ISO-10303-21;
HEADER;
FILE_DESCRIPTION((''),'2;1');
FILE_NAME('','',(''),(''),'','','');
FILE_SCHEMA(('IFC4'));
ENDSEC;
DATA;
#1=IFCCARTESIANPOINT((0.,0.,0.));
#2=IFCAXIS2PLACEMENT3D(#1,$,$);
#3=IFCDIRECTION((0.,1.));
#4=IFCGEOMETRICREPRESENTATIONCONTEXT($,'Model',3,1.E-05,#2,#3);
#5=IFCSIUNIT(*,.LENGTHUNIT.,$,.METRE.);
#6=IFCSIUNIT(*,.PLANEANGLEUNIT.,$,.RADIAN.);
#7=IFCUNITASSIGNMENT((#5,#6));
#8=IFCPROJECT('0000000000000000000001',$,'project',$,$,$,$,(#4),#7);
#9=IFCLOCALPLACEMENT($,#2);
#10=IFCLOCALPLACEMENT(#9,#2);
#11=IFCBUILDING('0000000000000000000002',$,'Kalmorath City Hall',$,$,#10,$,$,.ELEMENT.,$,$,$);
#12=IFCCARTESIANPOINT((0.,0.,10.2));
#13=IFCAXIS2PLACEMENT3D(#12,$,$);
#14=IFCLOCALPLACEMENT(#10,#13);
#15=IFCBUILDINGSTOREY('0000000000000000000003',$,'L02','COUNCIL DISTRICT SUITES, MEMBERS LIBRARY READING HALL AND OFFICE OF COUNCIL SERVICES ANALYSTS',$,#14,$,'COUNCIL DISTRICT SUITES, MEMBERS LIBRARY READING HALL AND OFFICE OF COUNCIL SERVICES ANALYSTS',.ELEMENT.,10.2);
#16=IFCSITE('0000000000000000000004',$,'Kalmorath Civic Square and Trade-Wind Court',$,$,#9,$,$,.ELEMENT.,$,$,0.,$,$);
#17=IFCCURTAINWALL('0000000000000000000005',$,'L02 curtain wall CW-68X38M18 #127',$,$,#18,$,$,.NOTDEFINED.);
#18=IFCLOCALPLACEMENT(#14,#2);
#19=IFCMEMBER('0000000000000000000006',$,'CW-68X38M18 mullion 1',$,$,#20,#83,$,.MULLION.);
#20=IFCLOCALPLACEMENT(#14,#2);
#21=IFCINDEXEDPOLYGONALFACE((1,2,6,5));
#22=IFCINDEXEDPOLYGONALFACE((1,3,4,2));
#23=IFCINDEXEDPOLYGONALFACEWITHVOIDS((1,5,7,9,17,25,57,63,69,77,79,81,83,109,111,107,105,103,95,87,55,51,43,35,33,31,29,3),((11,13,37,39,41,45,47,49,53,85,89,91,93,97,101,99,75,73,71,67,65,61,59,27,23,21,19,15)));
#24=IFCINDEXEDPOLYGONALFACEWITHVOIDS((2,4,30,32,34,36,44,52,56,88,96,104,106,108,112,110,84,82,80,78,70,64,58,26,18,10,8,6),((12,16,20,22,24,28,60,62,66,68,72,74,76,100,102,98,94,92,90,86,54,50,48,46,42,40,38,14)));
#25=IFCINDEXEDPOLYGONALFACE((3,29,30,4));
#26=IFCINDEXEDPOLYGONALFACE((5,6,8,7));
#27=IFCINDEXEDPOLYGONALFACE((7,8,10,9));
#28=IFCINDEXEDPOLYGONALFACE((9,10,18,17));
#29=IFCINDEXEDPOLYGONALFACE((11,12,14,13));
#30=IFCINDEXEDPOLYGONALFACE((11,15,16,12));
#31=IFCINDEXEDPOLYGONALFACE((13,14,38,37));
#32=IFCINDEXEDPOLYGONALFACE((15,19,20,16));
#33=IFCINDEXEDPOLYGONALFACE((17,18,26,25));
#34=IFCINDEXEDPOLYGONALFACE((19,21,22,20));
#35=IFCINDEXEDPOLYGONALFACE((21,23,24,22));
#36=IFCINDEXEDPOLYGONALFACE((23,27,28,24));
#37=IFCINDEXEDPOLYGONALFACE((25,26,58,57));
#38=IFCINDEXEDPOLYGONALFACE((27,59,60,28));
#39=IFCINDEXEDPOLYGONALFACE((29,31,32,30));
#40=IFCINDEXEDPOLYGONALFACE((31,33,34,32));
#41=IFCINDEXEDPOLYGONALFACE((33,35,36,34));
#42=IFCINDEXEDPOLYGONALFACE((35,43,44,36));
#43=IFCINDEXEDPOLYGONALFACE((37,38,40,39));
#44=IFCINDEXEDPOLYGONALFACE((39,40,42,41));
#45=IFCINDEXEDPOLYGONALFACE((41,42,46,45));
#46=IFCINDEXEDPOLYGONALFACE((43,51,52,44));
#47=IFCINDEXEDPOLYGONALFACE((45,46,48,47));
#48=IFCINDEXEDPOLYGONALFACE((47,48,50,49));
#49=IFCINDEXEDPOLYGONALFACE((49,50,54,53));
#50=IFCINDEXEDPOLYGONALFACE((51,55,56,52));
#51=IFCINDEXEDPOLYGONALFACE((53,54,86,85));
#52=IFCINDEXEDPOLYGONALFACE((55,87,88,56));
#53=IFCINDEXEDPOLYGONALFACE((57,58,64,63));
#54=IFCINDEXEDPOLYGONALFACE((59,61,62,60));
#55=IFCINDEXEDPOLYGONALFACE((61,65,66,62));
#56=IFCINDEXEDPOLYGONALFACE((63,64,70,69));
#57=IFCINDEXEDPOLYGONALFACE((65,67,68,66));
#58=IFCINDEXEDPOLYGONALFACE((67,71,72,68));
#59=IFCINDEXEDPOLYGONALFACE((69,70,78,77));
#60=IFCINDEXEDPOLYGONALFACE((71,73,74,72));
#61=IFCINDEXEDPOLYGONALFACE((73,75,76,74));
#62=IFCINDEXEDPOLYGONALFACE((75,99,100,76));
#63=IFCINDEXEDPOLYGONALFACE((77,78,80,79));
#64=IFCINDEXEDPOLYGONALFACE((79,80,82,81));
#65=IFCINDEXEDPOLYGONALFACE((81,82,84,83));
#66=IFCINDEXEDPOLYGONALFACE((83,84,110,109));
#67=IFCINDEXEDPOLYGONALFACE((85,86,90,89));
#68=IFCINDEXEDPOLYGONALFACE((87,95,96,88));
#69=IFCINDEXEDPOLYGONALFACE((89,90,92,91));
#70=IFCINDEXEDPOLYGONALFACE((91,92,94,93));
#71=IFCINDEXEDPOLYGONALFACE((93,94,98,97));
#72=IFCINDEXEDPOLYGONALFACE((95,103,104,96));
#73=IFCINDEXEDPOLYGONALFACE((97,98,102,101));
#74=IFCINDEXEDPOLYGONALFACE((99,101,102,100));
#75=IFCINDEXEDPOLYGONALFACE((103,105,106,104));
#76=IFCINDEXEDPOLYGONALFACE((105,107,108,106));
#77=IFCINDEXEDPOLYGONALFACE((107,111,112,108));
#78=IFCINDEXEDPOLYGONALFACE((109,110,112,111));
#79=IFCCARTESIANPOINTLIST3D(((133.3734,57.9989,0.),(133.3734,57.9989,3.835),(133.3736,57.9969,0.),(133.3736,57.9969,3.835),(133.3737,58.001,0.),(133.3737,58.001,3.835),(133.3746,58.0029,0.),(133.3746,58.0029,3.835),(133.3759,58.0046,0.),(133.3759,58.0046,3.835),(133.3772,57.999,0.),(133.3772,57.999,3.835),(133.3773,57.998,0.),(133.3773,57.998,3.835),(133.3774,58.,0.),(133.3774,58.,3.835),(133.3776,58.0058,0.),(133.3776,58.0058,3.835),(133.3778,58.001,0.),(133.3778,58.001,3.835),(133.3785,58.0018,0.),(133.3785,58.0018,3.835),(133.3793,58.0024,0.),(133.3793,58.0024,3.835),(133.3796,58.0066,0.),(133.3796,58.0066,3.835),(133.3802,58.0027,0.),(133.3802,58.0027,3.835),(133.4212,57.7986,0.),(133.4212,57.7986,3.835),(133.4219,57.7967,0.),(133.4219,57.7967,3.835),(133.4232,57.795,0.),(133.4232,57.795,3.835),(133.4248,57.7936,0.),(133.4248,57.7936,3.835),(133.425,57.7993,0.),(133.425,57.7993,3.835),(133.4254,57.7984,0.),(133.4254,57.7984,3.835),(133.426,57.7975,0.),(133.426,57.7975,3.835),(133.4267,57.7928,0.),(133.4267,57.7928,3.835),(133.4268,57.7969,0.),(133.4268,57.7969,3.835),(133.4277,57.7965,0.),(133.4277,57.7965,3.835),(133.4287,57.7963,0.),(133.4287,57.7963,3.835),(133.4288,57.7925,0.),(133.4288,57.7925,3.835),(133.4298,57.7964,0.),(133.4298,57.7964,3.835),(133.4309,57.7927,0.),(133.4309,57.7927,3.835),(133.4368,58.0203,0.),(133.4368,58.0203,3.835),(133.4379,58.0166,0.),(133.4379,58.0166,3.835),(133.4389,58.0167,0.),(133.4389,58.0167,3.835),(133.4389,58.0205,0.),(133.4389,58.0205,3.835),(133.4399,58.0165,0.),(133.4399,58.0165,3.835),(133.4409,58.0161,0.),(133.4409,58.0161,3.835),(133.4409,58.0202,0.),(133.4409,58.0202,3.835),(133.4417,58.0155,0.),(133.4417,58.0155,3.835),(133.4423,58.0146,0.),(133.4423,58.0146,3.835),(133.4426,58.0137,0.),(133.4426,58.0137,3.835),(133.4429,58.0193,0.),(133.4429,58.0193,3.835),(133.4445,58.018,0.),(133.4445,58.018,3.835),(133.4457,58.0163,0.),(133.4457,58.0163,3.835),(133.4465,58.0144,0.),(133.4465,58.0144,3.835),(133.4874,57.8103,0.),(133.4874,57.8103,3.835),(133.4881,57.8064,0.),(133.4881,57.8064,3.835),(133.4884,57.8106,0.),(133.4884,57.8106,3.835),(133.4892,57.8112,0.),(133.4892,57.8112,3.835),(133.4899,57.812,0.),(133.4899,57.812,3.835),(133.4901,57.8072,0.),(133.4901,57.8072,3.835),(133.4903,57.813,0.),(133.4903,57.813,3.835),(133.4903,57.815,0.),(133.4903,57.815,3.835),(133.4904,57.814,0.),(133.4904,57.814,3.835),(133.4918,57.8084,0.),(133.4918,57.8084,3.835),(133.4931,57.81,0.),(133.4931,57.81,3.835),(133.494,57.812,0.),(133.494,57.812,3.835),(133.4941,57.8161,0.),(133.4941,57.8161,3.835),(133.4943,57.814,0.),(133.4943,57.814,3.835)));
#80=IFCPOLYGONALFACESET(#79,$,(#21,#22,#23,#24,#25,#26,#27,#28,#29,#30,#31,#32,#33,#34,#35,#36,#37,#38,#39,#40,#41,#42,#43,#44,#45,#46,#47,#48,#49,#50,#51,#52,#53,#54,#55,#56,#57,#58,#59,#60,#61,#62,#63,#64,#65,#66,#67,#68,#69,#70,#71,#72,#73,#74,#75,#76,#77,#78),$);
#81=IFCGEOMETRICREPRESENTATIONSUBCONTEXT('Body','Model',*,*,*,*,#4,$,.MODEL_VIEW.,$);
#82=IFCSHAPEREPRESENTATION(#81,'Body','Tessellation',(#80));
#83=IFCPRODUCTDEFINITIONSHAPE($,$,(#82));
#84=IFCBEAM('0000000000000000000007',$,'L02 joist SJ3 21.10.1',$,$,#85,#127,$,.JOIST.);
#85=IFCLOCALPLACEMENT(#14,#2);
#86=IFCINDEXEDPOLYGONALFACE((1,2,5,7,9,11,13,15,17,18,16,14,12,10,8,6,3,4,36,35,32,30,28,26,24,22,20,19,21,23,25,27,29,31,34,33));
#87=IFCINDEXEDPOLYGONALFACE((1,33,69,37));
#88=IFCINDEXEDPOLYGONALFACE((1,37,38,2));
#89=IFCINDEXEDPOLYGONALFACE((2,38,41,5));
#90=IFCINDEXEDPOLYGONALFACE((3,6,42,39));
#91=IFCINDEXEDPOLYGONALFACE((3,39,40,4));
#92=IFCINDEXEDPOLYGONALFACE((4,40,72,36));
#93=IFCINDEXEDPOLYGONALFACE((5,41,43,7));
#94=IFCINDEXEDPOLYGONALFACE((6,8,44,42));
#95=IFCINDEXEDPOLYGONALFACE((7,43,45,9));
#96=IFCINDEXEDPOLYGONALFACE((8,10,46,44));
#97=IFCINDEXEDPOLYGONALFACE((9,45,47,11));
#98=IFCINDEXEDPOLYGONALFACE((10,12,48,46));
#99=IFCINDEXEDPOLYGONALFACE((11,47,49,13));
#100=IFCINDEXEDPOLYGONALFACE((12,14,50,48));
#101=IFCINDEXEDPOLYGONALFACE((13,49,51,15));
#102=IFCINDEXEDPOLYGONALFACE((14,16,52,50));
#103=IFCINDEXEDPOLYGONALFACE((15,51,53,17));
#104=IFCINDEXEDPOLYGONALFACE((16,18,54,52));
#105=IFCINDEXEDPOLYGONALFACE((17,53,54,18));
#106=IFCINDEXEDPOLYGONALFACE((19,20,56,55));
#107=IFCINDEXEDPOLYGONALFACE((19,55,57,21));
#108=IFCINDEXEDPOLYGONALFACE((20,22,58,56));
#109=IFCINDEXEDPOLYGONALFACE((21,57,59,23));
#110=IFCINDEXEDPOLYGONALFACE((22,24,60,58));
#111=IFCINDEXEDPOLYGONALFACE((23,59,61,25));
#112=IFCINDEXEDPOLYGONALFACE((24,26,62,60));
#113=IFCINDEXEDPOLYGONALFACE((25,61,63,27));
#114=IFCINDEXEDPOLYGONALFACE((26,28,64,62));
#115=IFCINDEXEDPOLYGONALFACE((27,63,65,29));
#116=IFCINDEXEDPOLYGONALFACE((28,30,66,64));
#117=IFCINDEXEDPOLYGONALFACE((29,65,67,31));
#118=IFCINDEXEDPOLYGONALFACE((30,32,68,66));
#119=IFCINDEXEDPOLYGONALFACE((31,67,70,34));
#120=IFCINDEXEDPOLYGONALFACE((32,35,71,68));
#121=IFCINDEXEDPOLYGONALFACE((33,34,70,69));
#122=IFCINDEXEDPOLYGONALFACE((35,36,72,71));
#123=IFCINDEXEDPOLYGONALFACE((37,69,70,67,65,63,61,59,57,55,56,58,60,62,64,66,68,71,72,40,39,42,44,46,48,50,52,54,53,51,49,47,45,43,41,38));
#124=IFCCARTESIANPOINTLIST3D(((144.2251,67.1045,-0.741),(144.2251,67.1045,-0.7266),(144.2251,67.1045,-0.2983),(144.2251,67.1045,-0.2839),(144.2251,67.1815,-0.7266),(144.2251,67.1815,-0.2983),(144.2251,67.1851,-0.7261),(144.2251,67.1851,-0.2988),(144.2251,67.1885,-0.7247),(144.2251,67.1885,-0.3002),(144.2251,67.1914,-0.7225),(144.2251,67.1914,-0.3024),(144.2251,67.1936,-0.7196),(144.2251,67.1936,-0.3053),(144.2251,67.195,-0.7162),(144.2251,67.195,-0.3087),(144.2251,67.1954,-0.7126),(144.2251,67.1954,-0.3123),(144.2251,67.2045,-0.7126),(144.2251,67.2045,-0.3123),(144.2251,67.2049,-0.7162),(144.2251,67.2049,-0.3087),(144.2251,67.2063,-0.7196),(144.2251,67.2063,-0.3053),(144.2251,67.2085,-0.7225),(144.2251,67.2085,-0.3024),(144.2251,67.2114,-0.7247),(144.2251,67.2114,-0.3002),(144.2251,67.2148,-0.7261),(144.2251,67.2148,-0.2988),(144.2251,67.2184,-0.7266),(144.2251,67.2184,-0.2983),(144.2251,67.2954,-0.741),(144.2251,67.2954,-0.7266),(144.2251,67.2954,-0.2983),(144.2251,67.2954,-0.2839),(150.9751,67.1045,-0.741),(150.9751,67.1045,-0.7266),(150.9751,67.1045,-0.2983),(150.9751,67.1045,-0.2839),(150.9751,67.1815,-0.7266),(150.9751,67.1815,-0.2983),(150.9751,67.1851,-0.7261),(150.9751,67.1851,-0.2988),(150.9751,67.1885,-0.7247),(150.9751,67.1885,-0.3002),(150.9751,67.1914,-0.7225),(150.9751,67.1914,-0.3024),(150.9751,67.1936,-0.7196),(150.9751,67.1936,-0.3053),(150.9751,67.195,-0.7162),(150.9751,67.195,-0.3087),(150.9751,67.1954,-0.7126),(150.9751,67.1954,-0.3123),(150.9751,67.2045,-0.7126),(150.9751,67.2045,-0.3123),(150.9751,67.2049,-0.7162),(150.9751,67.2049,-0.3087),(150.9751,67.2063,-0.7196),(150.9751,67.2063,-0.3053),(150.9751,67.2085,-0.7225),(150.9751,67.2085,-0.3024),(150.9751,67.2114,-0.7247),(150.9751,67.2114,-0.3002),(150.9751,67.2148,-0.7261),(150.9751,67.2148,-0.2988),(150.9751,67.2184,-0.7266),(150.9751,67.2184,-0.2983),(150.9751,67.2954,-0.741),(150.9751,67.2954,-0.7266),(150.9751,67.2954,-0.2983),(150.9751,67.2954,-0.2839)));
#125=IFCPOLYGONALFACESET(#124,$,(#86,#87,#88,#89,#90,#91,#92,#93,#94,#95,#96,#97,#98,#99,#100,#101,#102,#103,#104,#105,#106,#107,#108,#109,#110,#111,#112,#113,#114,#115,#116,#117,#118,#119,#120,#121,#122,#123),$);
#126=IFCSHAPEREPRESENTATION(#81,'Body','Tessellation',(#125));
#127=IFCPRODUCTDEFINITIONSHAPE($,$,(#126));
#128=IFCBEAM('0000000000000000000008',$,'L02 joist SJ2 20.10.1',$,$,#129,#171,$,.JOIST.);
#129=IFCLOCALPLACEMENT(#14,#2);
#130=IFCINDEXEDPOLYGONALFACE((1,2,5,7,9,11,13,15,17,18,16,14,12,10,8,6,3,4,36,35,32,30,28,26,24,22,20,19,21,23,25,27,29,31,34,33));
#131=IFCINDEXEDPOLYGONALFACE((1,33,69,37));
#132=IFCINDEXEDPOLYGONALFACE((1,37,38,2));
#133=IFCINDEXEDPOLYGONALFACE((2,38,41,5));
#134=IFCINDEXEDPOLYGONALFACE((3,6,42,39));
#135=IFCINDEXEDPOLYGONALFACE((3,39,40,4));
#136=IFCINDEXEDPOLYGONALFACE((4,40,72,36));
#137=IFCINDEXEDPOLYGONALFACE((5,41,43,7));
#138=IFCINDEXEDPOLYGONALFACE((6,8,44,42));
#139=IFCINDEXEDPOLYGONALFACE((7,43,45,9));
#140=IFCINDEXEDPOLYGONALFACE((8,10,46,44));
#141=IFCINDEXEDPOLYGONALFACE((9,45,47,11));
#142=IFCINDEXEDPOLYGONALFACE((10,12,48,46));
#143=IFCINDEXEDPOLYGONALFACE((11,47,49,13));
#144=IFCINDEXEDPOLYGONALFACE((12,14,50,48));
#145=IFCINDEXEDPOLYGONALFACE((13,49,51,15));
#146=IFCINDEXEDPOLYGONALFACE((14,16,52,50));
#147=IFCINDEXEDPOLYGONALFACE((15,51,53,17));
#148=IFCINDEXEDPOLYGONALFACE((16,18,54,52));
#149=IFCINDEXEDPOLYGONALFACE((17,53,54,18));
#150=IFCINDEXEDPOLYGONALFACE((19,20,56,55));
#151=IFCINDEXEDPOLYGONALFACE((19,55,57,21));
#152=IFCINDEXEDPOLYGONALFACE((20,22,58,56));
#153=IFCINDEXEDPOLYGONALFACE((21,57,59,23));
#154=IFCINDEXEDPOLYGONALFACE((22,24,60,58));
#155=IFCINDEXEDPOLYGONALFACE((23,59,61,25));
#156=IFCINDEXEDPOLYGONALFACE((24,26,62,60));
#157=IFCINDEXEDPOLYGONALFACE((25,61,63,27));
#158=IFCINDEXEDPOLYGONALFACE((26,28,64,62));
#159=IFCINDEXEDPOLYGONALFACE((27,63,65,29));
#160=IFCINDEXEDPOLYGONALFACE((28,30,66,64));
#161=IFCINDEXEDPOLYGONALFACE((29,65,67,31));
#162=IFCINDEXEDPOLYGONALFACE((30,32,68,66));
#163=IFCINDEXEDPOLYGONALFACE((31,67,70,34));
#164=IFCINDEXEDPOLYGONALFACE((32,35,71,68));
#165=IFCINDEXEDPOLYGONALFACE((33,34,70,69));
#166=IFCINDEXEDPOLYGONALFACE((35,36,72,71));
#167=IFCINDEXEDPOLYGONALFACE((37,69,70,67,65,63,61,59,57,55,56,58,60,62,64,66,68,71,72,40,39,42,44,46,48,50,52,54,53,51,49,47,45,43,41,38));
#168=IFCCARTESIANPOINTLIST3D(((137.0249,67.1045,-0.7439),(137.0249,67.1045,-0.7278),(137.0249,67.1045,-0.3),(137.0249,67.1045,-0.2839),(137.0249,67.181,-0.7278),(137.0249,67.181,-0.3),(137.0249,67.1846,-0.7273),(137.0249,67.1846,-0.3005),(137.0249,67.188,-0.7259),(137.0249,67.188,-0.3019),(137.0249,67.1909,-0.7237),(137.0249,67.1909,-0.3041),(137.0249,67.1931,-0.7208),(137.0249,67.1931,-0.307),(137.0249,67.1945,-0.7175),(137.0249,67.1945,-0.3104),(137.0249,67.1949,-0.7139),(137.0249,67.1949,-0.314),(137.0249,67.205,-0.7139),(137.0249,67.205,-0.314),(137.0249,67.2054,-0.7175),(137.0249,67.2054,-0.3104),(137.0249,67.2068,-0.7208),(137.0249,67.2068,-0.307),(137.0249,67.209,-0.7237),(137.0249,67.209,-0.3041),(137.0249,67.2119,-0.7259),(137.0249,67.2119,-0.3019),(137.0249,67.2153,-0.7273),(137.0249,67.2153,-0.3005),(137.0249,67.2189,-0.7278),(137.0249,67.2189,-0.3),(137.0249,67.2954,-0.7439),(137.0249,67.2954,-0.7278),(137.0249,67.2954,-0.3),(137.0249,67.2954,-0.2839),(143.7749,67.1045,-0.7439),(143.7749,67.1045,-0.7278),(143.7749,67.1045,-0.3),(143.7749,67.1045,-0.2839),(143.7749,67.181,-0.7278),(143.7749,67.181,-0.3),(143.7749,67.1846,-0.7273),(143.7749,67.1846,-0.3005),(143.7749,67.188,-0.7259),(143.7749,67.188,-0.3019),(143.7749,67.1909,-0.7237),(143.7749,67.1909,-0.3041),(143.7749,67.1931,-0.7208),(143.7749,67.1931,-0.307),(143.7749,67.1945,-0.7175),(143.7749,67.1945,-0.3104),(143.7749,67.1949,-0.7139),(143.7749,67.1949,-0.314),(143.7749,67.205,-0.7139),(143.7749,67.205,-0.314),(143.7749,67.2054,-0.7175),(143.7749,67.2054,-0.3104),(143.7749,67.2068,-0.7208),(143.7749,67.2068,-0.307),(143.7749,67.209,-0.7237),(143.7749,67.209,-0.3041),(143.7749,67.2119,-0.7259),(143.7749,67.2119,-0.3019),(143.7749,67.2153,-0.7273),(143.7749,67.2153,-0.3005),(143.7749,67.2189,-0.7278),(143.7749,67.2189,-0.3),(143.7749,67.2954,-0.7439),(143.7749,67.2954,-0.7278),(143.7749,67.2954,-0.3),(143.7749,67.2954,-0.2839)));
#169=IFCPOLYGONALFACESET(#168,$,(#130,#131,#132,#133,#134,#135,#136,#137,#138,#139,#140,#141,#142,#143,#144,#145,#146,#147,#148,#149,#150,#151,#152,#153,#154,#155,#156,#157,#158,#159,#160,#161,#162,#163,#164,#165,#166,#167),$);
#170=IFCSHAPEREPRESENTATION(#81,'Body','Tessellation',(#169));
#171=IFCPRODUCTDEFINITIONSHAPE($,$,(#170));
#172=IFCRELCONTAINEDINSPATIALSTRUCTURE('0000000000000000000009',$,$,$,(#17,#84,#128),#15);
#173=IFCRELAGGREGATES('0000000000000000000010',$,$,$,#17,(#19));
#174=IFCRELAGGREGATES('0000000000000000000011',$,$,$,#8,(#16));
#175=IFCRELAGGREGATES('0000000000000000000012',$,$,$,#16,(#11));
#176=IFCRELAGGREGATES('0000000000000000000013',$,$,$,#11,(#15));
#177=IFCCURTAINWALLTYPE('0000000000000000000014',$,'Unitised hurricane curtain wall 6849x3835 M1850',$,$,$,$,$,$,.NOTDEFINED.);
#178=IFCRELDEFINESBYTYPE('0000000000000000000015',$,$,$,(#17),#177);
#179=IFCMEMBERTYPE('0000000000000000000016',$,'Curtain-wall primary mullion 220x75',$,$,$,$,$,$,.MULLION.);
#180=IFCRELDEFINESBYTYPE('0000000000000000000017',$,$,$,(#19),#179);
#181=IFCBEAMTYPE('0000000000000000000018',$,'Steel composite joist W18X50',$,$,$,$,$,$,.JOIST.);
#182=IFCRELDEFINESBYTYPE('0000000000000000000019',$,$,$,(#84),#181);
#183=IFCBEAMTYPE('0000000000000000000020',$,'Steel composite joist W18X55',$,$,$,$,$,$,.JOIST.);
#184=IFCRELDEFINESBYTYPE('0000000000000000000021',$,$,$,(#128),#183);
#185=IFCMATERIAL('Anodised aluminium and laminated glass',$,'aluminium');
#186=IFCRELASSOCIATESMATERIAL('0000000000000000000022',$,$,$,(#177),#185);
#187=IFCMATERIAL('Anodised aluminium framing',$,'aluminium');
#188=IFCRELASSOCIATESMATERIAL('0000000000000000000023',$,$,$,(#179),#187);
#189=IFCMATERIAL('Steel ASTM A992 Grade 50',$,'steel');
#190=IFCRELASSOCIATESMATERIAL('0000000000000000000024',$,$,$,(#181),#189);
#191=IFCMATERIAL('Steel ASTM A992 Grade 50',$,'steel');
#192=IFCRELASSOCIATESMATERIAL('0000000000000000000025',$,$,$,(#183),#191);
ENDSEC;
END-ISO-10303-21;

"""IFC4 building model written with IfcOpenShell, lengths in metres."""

from ifc_helpers import new_model, si_unit, direction, frame, origin, origin_2d, place, context, subcontext, project, spatial, hollow_rectangle, i_section, extrude, material, material_profile, profile_set, type_object, element, aggregate, save


model = new_model("IFC4")

# Units and contexts
model_context = context("Model", 3, precision=1e-05, world=origin(), true_north=direction((0.0, 1.0)))
body_context = subcontext(model_context, "Body", "Model", "MODEL_VIEW")
ifc_project = project(units=[si_unit("LENGTHUNIT", "METRE"), si_unit("PLANEANGLEUNIT", "RADIAN")], contexts=[model_context])

# Site, building, storey
site_placement = place(None, origin())
site = spatial("IfcSite", under=ifc_project, at=site_placement, Name="Kalmorath Civic Square and Trade-Wind Court", CompositionType="ELEMENT", RefElevation=0.0)
building_placement = place(site_placement, origin())
building = spatial("IfcBuilding", under=site, at=building_placement, Name="Kalmorath City Hall", CompositionType="ELEMENT")
storey_placement = place(building_placement, frame((0.0, 0.0, 10.2)))
storey = spatial("IfcBuildingStorey", under=building, at=storey_placement, Name="L02", Description="COUNCIL DISTRICT SUITES, MEMBERS LIBRARY READING HALL AND OFFICE OF COUNCIL SERVICES ANALYSTS", LongName="COUNCIL DISTRICT SUITES, MEMBERS LIBRARY READING HALL AND OFFICE OF COUNCIL SERVICES ANALYSTS", CompositionType="ELEMENT", Elevation=10.2)

# Curtain wall
ifc_material_1 = material(Name="Anodised aluminium and laminated glass", Category="aluminium")
curtain_wall_type = type_object("IfcCurtainWallType", Name="Unitised hurricane curtain wall 6849x3835 M1850", PredefinedType="NOTDEFINED", material=ifc_material_1)
curtain_wall_1_placement = place(storey_placement, origin())
curtain_wall_1 = element("IfcCurtainWall", 1, at=curtain_wall_1_placement, inside=storey, type_object=curtain_wall_type, Name="L02 curtain wall CW-68X38M18 #127", PredefinedType="NOTDEFINED")

# Member
ifc_material_2 = material(Name="Anodised aluminium framing", Category="aluminium")
ifc_material_profile_1 = material_profile(ifc_material_2, hollow_rectangle(XDim=0.075, YDim=0.22, WallThickness=0.0039, InnerFilletRadius=0.0039, OuterFilletRadius=0.0081, at=origin_2d()), Name="ALU-MUL-220X75X4")
ifc_profile_set_1 = profile_set([ifc_material_profile_1], Name="Anodised aluminium framing")
member_type_1 = type_object("IfcMemberType", Name="Curtain-wall primary mullion 220x75", PredefinedType="MULLION", material=ifc_profile_set_1)
member_1_placement = place(storey_placement, frame((133.4338, 57.9065, 0.0), z_axis=(0.0, 0.0, 1.0), x_axis=(-0.972367, -0.233456, 0.0)))
member_1 = element("IfcMember", 2, at=member_1_placement, type_object=member_type_1, Name="CW-68X38M18 mullion 1", PredefinedType="MULLION", context=body_context, shape_type="SweptSolid", body=[
    extrude(hollow_rectangle(XDim=0.075, YDim=0.22, WallThickness=0.0039, InnerFilletRadius=0.0039, OuterFilletRadius=0.0081, at=origin_2d()), origin(), (0.0, 0.0, 1.0), 3.835),
])
aggregate(curtain_wall_1, [member_1])

# Beams
ifc_material_3 = material(Name="Steel ASTM A992 Grade 50", Category="steel")
ifc_material_profile_2 = material_profile(ifc_material_3, i_section(OverallWidth=0.1909, OverallDepth=0.457, WebThickness=0.009, FlangeThickness=0.0144, FilletRadius=0.0139, at=origin_2d()), Name="W18X50")
ifc_profile_set_2 = profile_set([ifc_material_profile_2], Name="Steel ASTM A992 Grade 50")
beam_type_1 = type_object("IfcBeamType", Name="Steel composite joist W18X50", PredefinedType="JOIST", material=ifc_profile_set_2)
beam_1_placement = place(storey_placement, frame((144.2251, 67.2, -0.5125), z_axis=(1.0, 0.0, 0.0), x_axis=(0.0, 1.0, 0.0)))
element("IfcBeam", 3, at=beam_1_placement, inside=storey, type_object=beam_type_1, Name="L02 joist SJ3 21.10.1", PredefinedType="JOIST", context=body_context, shape_type="SweptSolid", body=[
    extrude(i_section(OverallWidth=0.1909, OverallDepth=0.457, WebThickness=0.009, FlangeThickness=0.0144, FilletRadius=0.0139, at=origin_2d()), origin(), (0.0, 0.0, 1.0), 6.75),
])
ifc_material_4 = material(Name="Steel ASTM A992 Grade 50", Category="steel")
ifc_material_profile_3 = material_profile(ifc_material_4, i_section(OverallWidth=0.1909, OverallDepth=0.46, WebThickness=0.01, FlangeThickness=0.0161, FilletRadius=0.0139, at=origin_2d()), Name="W18X55")
ifc_profile_set_3 = profile_set([ifc_material_profile_3], Name="Steel ASTM A992 Grade 50")
beam_type_2 = type_object("IfcBeamType", Name="Steel composite joist W18X55", PredefinedType="JOIST", material=ifc_profile_set_3)
for number, where, z_axis, x_axis, name in (
    (4, (137.0249, 67.2, -0.5139), (1.0, 0.0, 0.0), (0.0, 1.0, 0.0), "L02 joist SJ2 20.10.1"),
):
    element("IfcBeam", number, at=place(storey_placement, frame(where, z_axis=z_axis, x_axis=x_axis)), inside=storey, type_object=beam_type_2, Name=name, PredefinedType="JOIST", context=body_context, shape_type="SweptSolid", body=[
        extrude(i_section(OverallWidth=0.1909, OverallDepth=0.46, WebThickness=0.01, FlangeThickness=0.0161, FilletRadius=0.0139, at=origin_2d()), origin(), (0.0, 0.0, 1.0), 6.75),
    ])

save(model, "model.ifc")
